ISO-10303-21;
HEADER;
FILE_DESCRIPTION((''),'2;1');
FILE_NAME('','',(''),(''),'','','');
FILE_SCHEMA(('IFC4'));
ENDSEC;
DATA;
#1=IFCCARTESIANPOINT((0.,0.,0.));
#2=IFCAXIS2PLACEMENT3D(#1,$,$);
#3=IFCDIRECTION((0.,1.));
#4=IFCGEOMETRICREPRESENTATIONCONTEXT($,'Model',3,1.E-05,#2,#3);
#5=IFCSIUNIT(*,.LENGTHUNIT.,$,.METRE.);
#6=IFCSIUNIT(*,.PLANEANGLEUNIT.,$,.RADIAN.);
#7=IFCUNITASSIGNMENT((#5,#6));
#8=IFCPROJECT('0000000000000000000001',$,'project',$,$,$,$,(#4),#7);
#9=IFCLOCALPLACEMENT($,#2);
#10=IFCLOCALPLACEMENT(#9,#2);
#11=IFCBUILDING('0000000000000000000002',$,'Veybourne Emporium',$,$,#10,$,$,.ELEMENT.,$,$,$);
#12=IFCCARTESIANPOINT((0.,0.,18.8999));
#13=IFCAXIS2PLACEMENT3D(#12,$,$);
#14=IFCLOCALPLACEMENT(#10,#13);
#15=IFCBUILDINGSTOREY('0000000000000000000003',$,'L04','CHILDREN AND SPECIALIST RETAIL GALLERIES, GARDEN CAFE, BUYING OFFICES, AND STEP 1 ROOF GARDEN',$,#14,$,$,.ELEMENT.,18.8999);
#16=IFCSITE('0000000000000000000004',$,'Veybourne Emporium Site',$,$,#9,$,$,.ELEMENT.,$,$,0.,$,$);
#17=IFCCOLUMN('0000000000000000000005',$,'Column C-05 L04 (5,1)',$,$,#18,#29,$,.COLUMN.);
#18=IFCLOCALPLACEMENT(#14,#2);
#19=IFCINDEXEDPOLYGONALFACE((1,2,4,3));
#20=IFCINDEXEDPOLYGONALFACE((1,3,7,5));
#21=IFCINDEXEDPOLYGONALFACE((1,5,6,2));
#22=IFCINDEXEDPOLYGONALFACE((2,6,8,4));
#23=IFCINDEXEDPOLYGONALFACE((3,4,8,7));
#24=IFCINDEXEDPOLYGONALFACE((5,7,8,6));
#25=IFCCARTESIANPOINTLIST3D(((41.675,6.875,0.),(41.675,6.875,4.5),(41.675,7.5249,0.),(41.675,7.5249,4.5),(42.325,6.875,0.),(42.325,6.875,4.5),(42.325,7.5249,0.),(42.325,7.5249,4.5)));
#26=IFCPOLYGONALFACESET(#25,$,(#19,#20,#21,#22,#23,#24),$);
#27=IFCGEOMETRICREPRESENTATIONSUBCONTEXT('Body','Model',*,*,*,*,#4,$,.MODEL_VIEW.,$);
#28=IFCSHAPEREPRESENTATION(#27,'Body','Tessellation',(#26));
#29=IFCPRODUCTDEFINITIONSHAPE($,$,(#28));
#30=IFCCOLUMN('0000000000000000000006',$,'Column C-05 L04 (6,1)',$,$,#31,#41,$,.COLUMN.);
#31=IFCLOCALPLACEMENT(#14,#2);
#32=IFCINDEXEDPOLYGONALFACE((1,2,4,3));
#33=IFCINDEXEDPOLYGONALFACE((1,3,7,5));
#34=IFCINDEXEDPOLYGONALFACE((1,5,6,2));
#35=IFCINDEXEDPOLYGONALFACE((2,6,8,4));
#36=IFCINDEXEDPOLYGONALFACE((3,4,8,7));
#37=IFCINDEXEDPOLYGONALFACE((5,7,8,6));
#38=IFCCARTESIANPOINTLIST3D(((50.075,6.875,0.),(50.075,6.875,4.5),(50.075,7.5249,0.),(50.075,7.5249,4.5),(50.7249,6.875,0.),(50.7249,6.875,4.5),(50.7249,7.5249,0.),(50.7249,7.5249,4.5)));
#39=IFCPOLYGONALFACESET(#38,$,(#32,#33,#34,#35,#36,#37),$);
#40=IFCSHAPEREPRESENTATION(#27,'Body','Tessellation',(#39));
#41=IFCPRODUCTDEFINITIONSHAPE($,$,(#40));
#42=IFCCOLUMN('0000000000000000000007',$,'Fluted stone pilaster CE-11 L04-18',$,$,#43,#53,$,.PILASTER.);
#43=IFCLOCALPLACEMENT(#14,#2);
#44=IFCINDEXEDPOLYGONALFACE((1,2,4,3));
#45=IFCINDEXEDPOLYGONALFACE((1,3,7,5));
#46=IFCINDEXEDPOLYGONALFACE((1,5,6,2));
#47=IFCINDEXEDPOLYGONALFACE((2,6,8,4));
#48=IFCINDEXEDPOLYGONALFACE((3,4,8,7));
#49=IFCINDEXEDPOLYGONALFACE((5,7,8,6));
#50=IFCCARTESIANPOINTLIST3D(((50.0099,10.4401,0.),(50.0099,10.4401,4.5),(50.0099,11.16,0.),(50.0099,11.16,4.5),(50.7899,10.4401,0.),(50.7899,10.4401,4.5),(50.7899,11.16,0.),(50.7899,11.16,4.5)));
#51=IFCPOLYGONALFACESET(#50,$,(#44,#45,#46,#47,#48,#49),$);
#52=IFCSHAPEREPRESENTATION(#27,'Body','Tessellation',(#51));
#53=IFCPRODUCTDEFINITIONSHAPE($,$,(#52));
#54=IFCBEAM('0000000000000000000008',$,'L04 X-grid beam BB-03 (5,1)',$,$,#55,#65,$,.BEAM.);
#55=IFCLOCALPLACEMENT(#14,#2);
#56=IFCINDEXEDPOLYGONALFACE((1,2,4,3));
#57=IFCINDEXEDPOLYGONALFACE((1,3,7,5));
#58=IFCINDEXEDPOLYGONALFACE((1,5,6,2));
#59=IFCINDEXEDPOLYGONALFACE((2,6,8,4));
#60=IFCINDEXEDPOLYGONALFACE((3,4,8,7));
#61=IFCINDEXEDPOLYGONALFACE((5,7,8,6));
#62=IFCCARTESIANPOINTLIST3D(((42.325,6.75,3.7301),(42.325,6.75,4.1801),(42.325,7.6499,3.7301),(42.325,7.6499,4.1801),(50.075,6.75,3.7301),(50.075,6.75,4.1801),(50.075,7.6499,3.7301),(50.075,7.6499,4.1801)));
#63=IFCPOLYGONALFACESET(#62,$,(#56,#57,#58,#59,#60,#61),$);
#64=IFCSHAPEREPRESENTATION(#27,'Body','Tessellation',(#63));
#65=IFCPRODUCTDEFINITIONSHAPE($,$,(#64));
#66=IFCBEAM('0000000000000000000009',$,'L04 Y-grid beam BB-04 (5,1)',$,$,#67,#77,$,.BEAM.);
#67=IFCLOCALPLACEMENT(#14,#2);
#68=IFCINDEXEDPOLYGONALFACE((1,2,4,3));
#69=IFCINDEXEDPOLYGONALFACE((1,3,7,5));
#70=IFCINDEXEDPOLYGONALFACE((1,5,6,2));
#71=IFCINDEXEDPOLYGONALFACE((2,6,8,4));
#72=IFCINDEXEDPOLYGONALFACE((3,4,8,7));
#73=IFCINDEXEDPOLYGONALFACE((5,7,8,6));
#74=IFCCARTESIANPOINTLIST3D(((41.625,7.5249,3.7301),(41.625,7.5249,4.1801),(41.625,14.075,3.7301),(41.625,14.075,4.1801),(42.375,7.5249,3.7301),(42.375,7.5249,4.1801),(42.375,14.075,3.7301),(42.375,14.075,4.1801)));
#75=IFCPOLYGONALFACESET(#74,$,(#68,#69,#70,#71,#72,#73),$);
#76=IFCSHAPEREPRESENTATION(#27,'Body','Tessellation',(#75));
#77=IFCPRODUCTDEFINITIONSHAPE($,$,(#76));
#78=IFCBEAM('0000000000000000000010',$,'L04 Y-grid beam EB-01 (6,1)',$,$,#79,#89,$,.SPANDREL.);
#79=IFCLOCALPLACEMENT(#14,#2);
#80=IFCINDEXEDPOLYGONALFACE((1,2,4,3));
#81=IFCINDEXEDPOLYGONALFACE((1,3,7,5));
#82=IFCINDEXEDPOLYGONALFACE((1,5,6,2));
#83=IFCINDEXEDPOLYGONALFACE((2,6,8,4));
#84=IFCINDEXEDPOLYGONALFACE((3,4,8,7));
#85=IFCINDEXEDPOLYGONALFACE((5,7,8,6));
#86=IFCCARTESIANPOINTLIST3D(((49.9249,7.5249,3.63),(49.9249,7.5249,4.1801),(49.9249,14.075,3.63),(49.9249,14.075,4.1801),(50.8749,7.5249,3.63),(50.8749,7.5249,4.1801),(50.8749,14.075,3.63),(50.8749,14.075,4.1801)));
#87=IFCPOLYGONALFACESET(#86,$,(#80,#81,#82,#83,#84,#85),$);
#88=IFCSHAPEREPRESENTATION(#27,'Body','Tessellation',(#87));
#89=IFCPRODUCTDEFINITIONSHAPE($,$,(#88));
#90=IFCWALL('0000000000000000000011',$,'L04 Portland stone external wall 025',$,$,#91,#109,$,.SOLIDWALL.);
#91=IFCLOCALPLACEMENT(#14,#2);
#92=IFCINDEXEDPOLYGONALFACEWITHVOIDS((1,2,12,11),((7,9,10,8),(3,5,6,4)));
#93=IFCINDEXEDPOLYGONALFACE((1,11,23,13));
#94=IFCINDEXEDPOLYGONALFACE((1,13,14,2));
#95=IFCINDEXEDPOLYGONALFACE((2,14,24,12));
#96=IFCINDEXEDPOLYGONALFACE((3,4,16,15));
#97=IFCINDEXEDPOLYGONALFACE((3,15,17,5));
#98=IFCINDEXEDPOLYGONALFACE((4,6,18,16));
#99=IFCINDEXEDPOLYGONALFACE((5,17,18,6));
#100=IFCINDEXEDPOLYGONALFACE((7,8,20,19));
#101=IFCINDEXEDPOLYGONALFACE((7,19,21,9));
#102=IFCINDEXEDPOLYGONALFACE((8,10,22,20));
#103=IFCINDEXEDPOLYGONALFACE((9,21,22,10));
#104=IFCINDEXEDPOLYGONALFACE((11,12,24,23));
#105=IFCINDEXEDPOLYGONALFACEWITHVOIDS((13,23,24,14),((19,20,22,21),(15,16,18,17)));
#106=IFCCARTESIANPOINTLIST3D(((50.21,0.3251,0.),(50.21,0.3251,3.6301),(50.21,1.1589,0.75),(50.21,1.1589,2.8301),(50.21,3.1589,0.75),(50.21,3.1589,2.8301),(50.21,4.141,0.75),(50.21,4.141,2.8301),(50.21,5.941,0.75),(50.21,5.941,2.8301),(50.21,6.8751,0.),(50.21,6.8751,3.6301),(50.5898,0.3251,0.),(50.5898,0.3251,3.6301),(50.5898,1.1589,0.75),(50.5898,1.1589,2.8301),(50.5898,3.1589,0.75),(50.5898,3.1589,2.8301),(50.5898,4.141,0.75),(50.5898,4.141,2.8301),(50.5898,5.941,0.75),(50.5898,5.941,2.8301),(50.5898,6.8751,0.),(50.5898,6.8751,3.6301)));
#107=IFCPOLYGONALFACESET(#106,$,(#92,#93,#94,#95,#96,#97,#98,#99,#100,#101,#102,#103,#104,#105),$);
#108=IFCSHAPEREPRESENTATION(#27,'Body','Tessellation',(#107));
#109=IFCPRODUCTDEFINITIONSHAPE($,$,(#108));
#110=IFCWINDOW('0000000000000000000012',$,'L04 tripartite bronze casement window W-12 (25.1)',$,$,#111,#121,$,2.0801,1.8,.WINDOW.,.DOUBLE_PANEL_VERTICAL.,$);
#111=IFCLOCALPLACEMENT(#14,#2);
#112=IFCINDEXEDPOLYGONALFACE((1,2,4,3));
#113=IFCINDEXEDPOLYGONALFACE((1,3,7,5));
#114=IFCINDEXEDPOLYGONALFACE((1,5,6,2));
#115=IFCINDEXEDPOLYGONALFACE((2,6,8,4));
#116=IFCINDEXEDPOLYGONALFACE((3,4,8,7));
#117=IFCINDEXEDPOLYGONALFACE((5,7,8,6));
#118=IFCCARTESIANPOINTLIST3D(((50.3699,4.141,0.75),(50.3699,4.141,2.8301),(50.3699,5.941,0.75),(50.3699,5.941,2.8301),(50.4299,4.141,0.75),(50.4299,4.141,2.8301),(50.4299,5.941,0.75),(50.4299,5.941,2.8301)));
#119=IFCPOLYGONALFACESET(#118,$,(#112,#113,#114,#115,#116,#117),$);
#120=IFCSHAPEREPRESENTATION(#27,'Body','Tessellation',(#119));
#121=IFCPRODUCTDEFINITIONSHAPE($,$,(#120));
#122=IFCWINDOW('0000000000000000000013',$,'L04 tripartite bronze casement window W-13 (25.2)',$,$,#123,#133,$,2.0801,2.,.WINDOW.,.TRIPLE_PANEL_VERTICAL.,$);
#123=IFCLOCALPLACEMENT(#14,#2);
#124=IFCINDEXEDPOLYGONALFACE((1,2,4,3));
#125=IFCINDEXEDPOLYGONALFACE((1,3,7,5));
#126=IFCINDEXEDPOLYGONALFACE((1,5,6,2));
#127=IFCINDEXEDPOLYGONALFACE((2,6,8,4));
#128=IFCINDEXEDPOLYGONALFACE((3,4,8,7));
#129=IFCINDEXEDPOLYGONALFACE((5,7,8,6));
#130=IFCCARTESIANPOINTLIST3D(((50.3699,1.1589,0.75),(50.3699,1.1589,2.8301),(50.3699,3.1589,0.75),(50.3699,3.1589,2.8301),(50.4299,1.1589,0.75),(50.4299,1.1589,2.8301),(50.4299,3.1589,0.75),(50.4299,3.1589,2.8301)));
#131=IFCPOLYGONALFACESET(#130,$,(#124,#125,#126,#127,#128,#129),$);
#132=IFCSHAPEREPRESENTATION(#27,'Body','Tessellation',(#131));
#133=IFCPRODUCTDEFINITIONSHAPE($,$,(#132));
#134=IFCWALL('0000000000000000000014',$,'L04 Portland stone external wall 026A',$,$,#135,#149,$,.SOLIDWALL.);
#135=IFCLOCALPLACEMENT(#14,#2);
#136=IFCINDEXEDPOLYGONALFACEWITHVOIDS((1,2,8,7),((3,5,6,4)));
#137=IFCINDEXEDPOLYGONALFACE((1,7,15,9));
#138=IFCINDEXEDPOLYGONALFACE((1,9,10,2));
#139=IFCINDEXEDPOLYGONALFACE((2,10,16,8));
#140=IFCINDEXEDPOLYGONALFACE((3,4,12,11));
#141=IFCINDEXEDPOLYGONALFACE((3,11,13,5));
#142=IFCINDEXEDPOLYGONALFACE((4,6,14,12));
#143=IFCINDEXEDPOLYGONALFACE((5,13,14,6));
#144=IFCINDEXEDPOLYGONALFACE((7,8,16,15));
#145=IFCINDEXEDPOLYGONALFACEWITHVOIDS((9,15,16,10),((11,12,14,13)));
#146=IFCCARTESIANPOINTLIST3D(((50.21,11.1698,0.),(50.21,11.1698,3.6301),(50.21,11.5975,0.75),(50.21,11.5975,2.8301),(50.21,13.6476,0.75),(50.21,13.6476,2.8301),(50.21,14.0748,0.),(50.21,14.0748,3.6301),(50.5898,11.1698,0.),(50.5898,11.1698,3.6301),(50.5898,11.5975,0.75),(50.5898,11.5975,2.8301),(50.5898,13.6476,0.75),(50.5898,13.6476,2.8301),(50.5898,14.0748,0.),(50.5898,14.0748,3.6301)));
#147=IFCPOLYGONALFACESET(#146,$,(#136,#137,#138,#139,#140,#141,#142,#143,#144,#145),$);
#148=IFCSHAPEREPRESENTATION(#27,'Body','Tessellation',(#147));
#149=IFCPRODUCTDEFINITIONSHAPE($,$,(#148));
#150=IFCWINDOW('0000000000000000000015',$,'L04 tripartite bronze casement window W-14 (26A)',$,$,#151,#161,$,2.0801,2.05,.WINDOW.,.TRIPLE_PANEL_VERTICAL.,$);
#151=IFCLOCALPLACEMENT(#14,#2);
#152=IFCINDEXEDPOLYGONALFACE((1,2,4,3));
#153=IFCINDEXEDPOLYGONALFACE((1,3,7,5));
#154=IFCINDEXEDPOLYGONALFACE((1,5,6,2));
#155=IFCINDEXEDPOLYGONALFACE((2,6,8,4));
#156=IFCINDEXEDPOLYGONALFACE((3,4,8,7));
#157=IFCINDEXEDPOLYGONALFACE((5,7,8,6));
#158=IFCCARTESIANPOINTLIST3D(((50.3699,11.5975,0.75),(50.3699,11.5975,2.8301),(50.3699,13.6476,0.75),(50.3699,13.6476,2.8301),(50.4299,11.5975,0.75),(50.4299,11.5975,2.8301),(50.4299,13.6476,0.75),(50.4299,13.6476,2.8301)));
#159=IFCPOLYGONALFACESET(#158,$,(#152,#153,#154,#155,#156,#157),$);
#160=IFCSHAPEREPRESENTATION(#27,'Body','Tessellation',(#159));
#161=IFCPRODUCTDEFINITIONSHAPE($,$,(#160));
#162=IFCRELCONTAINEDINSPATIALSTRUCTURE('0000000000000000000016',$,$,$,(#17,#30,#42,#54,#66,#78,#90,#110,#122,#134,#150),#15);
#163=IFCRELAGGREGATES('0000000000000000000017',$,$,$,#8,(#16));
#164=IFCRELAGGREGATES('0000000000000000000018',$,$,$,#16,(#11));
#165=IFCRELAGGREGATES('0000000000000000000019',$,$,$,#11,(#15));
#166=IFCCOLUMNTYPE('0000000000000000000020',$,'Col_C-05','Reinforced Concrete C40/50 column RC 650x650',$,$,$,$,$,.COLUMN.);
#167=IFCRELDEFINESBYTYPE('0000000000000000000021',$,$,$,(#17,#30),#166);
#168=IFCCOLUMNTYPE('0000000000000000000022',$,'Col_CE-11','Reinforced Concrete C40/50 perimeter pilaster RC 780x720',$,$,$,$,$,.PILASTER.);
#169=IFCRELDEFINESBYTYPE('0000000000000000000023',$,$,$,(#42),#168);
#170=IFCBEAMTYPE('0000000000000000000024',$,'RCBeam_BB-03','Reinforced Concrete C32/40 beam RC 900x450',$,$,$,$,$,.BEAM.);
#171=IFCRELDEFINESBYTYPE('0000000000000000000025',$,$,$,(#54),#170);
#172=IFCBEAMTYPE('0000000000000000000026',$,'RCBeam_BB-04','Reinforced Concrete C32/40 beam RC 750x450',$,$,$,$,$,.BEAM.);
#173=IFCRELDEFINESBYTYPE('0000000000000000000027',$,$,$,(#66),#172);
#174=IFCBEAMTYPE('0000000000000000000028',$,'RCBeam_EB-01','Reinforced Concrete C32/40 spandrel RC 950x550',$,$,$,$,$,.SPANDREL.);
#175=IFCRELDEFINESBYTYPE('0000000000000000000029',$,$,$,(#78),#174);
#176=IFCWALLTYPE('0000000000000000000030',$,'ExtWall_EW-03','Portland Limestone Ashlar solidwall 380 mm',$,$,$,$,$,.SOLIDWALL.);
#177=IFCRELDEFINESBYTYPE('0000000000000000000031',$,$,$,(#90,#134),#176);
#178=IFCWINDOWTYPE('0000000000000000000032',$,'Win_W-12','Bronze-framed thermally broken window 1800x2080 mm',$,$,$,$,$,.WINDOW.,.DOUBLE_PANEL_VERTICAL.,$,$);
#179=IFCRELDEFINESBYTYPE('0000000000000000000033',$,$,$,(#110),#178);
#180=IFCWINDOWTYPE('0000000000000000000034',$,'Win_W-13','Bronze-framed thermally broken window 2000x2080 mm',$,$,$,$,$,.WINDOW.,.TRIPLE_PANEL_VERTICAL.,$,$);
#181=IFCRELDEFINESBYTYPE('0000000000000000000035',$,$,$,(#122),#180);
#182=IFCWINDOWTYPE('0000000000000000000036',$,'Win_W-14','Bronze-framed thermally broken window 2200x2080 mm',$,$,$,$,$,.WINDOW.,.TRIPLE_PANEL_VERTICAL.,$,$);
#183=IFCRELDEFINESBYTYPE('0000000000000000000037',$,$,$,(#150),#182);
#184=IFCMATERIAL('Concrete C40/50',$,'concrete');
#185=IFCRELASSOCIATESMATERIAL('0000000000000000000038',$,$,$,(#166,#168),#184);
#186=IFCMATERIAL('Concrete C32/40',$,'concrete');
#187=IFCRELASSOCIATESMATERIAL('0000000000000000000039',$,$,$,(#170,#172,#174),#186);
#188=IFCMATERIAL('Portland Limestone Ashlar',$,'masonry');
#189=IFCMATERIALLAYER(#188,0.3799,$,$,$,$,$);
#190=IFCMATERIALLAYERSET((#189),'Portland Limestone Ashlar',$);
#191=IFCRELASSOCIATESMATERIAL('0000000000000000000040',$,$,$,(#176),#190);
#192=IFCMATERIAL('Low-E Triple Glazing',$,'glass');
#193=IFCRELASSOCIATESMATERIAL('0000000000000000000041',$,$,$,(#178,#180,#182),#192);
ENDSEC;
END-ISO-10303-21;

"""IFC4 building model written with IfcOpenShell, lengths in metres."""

from ifc_helpers import new_model, si_unit, direction, frame, frame_2d, origin, origin_2d, place, context, subcontext, project, spatial, rectangle, extrude, material, layer, layer_set, material_profile, profile_set, type_object, element, fill, save


model = new_model("IFC4")

# Units and contexts
model_context = context("Model", 3, precision=1e-05, world=origin(), true_north=direction((0.0, 1.0)))
body_context = subcontext(model_context, "Body", "Model", "MODEL_VIEW")
ifc_project = project(units=[si_unit("LENGTHUNIT", "METRE"), si_unit("PLANEANGLEUNIT", "RADIAN")], contexts=[model_context])

# Site, building, storey
site_placement = place(None, origin())
site = spatial("IfcSite", under=ifc_project, at=site_placement, Name="Veybourne Emporium Site", CompositionType="ELEMENT", RefElevation=0.0)
building_placement = place(site_placement, origin())
building = spatial("IfcBuilding", under=site, at=building_placement, Name="Veybourne Emporium", CompositionType="ELEMENT")
storey_placement = place(building_placement, frame((0.0, 0.0, 18.8999)))
storey = spatial("IfcBuildingStorey", under=building, at=storey_placement, Name="L04", Description="CHILDREN AND SPECIALIST RETAIL GALLERIES, GARDEN CAFE, BUYING OFFICES, AND STEP 1 ROOF GARDEN", CompositionType="ELEMENT", Elevation=18.8999)

# Columns
ifc_material_1 = material(Name="Concrete C40/50", Category="concrete")
ifc_material_profile_1 = material_profile(ifc_material_1, rectangle(XDim=0.6499, YDim=0.6499, at=origin_2d()), Name="RC 650x650")
ifc_profile_set_1 = profile_set([ifc_material_profile_1], Name="Concrete C40/50")
column_type_1 = type_object("IfcColumnType", Name="Col_C-05", Description="Reinforced Concrete C40/50 column RC 650x650", PredefinedType="COLUMN", material=ifc_profile_set_1)
for number, where, z_axis, x_axis, name in (
    (1, (42.0, 7.2, 0.0), (0.0, 0.0, 1.0), (1.0, 0.0, 0.0), "Column C-05 L04 (5,1)"),
    (2, (50.3999, 7.2, 0.0), (0.0, 0.0, 1.0), (1.0, 0.0, 0.0), "Column C-05 L04 (6,1)"),
):
    element("IfcColumn", number, at=place(storey_placement, frame(where, z_axis=z_axis, x_axis=x_axis)), inside=storey, type_object=column_type_1, Name=name, PredefinedType="COLUMN", context=body_context, shape_type="SweptSolid", body=[
        extrude(rectangle(XDim=0.6499, YDim=0.6499, at=origin_2d()), origin(), (0.0, 0.0, 1.0), 4.5),
    ])
ifc_material_profile_2 = material_profile(ifc_material_1, rectangle(XDim=0.78, YDim=0.72, at=origin_2d()), Name="RC 780x720")
ifc_profile_set_2 = profile_set([ifc_material_profile_2], Name="Concrete C40/50")
column_type_2 = type_object("IfcColumnType", Name="Col_CE-11", Description="Reinforced Concrete C40/50 perimeter pilaster RC 780x720", PredefinedType="PILASTER", material=ifc_profile_set_2)
column_placement = place(storey_placement, frame((50.3999, 10.8, 0.0), z_axis=(0.0, 0.0, 1.0), x_axis=(1.0, 0.0, 0.0)))
element("IfcColumn", 3, at=column_placement, inside=storey, type_object=column_type_2, Name="Fluted stone pilaster CE-11 L04-18", PredefinedType="PILASTER", context=body_context, shape_type="SweptSolid", body=[
    extrude(rectangle(XDim=0.78, YDim=0.72, at=origin_2d()), origin(), (0.0, 0.0, 1.0), 4.5),
])

# Beams
ifc_material_2 = material(Name="Concrete C32/40", Category="concrete")
ifc_material_profile_3 = material_profile(ifc_material_2, rectangle(XDim=0.8999, YDim=0.45, at=origin_2d()), Name="RC 900x450")
ifc_profile_set_3 = profile_set([ifc_material_profile_3], Name="Concrete C32/40")
beam_type_1 = type_object("IfcBeamType", Name="RCBeam_BB-03", Description="Reinforced Concrete C32/40 beam RC 900x450", PredefinedType="BEAM", material=ifc_profile_set_3)
beam_1_placement = place(storey_placement, frame((42.325, 7.2, 3.9551), z_axis=(1.0, 0.0, 0.0), x_axis=(0.0, 1.0, 0.0)))
element("IfcBeam", 4, at=beam_1_placement, inside=storey, type_object=beam_type_1, Name="L04 X-grid beam BB-03 (5,1)", PredefinedType="BEAM", context=body_context, shape_type="SweptSolid", body=[
    extrude(rectangle(XDim=0.8999, YDim=0.45, at=origin_2d()), origin(), (0.0, 0.0, 1.0), 7.75),
])
ifc_material_profile_4 = material_profile(ifc_material_2, rectangle(XDim=0.75, YDim=0.45, at=origin_2d()), Name="RC 750x450")
ifc_profile_set_4 = profile_set([ifc_material_profile_4], Name="Concrete C32/40")
beam_type_2 = type_object("IfcBeamType", Name="RCBeam_BB-04", Description="Reinforced Concrete C32/40 beam RC 750x450", PredefinedType="BEAM", material=ifc_profile_set_4)
beam_2_placement = place(storey_placement, frame((42.0, 7.5249, 3.9551), z_axis=(0.0, 1.0, 0.0), x_axis=(-1.0, 0.0, 0.0)))
element("IfcBeam", 5, at=beam_2_placement, inside=storey, type_object=beam_type_2, Name="L04 Y-grid beam BB-04 (5,1)", PredefinedType="BEAM", context=body_context, shape_type="SweptSolid", body=[
    extrude(rectangle(XDim=0.75, YDim=0.45, at=origin_2d()), origin(), (0.0, 0.0, 1.0), 6.55),
])
ifc_material_profile_5 = material_profile(ifc_material_2, rectangle(XDim=0.95, YDim=0.55, at=origin_2d()), Name="RC 950x550")
ifc_profile_set_5 = profile_set([ifc_material_profile_5], Name="Concrete C32/40")
beam_type_3 = type_object("IfcBeamType", Name="RCBeam_EB-01", Description="Reinforced Concrete C32/40 spandrel RC 950x550", PredefinedType="SPANDREL", material=ifc_profile_set_5)
beam_3_placement = place(storey_placement, frame((50.3999, 7.5249, 3.905), z_axis=(0.0, 1.0, 0.0), x_axis=(-1.0, 0.0, 0.0)))
element("IfcBeam", 6, at=beam_3_placement, inside=storey, type_object=beam_type_3, Name="L04 Y-grid beam EB-01 (6,1)", PredefinedType="SPANDREL", context=body_context, shape_type="SweptSolid", body=[
    extrude(rectangle(XDim=0.95, YDim=0.55, at=origin_2d()), origin(), (0.0, 0.0, 1.0), 6.55),
])

# Wall, openings, windows
ifc_material_3 = material(Name="Portland Limestone Ashlar", Category="masonry")
ifc_layer_1 = layer(ifc_material_3, 0.3799)
ifc_layer_set_1 = layer_set([ifc_layer_1], Name="Portland Limestone Ashlar")
wall_type_1 = type_object("IfcWallType", Name="ExtWall_EW-03", Description="Portland Limestone Ashlar solidwall 380 mm", PredefinedType="SOLIDWALL", material=ifc_layer_set_1)
wall_1_placement = place(storey_placement, frame((50.3999, 6.875, 0.0), z_axis=(0.0, 0.0, 1.0), x_axis=(0.0, -1.0, 0.0)))
wall_1 = element("IfcWall", 7, at=wall_1_placement, inside=storey, type_object=wall_type_1, Name="L04 Portland stone external wall 025", PredefinedType="SOLIDWALL", context=body_context, shape_type="SweptSolid", body=[
    extrude(rectangle(XDim=6.55, YDim=0.3799, at=frame_2d((3.2749, 0.0))), origin(), (0.0, 0.0, 1.0), 3.6301),
])
opening_1_placement = place(wall_1_placement, frame((0.9341, 0.0, 0.75)))
opening_1 = element("IfcOpeningElement", 8, at=opening_1_placement, cuts=wall_1, PredefinedType="OPENING", context=body_context, shape_type="SweptSolid", body=[
    extrude(rectangle(XDim=1.8, YDim=2.0801, at=frame_2d((0.8999, 1.04))), frame((0.0, 0.21, 0.0), z_axis=(0.0, -1.0, 0.0), x_axis=(1.0, 0.0, 0.0)), (0.0, 0.0, 1.0), 0.4199),
])
opening_2_placement = place(wall_1_placement, frame((3.7161, 0.0, 0.75)))
opening_2 = element("IfcOpeningElement", 9, at=opening_2_placement, cuts=wall_1, PredefinedType="OPENING", context=body_context, shape_type="SweptSolid", body=[
    extrude(rectangle(XDim=2.0, YDim=2.0801, at=frame_2d((1.0, 1.04))), frame((0.0, 0.21, 0.0), z_axis=(0.0, -1.0, 0.0), x_axis=(1.0, 0.0, 0.0)), (0.0, 0.0, 1.0), 0.4199),
])
ifc_material_4 = material(Name="Low-E Triple Glazing", Category="glass")
window_type_1 = type_object("IfcWindowType", Name="Win_W-12", Description="Bronze-framed thermally broken window 1800x2080 mm", PartitioningType="DOUBLE_PANEL_VERTICAL", PredefinedType="WINDOW", material=ifc_material_4)
window_1_placement = place(opening_1_placement, origin())
window_1 = element("IfcWindow", 10, at=window_1_placement, inside=storey, type_object=window_type_1, Name="L04 tripartite bronze casement window W-12 (25.1)", OverallHeight=2.0801, OverallWidth=1.8, PartitioningType="DOUBLE_PANEL_VERTICAL", PredefinedType="WINDOW", context=body_context, shape_type="SweptSolid", body=[
    extrude(rectangle(XDim=1.8, YDim=2.0801, at=frame_2d((0.8999, 1.04))), frame((0.0, 0.03, 0.0), z_axis=(0.0, -1.0, 0.0), x_axis=(1.0, 0.0, 0.0)), (0.0, 0.0, 1.0), 0.0601),
])
fill(opening_1, window_1)
window_type_2 = type_object("IfcWindowType", Name="Win_W-13", Description="Bronze-framed thermally broken window 2000x2080 mm", PartitioningType="TRIPLE_PANEL_VERTICAL", PredefinedType="WINDOW", material=ifc_material_4)
window_2_placement = place(opening_2_placement, origin())
window_2 = element("IfcWindow", 11, at=window_2_placement, inside=storey, type_object=window_type_2, Name="L04 tripartite bronze casement window W-13 (25.2)", OverallHeight=2.0801, OverallWidth=2.0, PartitioningType="TRIPLE_PANEL_VERTICAL", PredefinedType="WINDOW", context=body_context, shape_type="SweptSolid", body=[
    extrude(rectangle(XDim=2.0, YDim=2.0801, at=frame_2d((1.0, 1.04))), frame((0.0, 0.03, 0.0), z_axis=(0.0, -1.0, 0.0), x_axis=(1.0, 0.0, 0.0)), (0.0, 0.0, 1.0), 0.0601),
])
fill(opening_2, window_2)

# Wall, opening, window
wall_2_placement = place(storey_placement, frame((50.3999, 14.075, 0.0), z_axis=(0.0, 0.0, 1.0), x_axis=(0.0, -1.0, 0.0)))
wall_2 = element("IfcWall", 12, at=wall_2_placement, inside=storey, type_object=wall_type_1, Name="L04 Portland stone external wall 026A", PredefinedType="SOLIDWALL", context=body_context, shape_type="SweptSolid", body=[
    extrude(rectangle(XDim=2.905, YDim=0.3799, at=frame_2d((1.4526, 0.0))), origin(), (0.0, 0.0, 1.0), 3.6301),
])
opening_3_placement = place(wall_2_placement, frame((0.4275, 0.0, 0.75)))
opening_3 = element("IfcOpeningElement", 13, at=opening_3_placement, cuts=wall_2, PredefinedType="OPENING", context=body_context, shape_type="SweptSolid", body=[
    extrude(rectangle(XDim=2.05, YDim=2.0801, at=frame_2d((1.0249, 1.04))), frame((0.0, 0.21, 0.0), z_axis=(0.0, -1.0, 0.0), x_axis=(1.0, 0.0, 0.0)), (0.0, 0.0, 1.0), 0.4199),
])
window_type_3 = type_object("IfcWindowType", Name="Win_W-14", Description="Bronze-framed thermally broken window 2200x2080 mm", PartitioningType="TRIPLE_PANEL_VERTICAL", PredefinedType="WINDOW", material=ifc_material_4)
window_3_placement = place(opening_3_placement, origin())
window_3 = element("IfcWindow", 14, at=window_3_placement, inside=storey, type_object=window_type_3, Name="L04 tripartite bronze casement window W-14 (26A)", OverallHeight=2.0801, OverallWidth=2.05, PartitioningType="TRIPLE_PANEL_VERTICAL", PredefinedType="WINDOW", context=body_context, shape_type="SweptSolid", body=[
    extrude(rectangle(XDim=2.05, YDim=2.0801, at=frame_2d((1.0249, 1.04))), frame((0.0, 0.03, 0.0), z_axis=(0.0, -1.0, 0.0), x_axis=(1.0, 0.0, 0.0)), (0.0, 0.0, 1.0), 0.0601),
])
fill(opening_3, window_3)

save(model, "model.ifc")
